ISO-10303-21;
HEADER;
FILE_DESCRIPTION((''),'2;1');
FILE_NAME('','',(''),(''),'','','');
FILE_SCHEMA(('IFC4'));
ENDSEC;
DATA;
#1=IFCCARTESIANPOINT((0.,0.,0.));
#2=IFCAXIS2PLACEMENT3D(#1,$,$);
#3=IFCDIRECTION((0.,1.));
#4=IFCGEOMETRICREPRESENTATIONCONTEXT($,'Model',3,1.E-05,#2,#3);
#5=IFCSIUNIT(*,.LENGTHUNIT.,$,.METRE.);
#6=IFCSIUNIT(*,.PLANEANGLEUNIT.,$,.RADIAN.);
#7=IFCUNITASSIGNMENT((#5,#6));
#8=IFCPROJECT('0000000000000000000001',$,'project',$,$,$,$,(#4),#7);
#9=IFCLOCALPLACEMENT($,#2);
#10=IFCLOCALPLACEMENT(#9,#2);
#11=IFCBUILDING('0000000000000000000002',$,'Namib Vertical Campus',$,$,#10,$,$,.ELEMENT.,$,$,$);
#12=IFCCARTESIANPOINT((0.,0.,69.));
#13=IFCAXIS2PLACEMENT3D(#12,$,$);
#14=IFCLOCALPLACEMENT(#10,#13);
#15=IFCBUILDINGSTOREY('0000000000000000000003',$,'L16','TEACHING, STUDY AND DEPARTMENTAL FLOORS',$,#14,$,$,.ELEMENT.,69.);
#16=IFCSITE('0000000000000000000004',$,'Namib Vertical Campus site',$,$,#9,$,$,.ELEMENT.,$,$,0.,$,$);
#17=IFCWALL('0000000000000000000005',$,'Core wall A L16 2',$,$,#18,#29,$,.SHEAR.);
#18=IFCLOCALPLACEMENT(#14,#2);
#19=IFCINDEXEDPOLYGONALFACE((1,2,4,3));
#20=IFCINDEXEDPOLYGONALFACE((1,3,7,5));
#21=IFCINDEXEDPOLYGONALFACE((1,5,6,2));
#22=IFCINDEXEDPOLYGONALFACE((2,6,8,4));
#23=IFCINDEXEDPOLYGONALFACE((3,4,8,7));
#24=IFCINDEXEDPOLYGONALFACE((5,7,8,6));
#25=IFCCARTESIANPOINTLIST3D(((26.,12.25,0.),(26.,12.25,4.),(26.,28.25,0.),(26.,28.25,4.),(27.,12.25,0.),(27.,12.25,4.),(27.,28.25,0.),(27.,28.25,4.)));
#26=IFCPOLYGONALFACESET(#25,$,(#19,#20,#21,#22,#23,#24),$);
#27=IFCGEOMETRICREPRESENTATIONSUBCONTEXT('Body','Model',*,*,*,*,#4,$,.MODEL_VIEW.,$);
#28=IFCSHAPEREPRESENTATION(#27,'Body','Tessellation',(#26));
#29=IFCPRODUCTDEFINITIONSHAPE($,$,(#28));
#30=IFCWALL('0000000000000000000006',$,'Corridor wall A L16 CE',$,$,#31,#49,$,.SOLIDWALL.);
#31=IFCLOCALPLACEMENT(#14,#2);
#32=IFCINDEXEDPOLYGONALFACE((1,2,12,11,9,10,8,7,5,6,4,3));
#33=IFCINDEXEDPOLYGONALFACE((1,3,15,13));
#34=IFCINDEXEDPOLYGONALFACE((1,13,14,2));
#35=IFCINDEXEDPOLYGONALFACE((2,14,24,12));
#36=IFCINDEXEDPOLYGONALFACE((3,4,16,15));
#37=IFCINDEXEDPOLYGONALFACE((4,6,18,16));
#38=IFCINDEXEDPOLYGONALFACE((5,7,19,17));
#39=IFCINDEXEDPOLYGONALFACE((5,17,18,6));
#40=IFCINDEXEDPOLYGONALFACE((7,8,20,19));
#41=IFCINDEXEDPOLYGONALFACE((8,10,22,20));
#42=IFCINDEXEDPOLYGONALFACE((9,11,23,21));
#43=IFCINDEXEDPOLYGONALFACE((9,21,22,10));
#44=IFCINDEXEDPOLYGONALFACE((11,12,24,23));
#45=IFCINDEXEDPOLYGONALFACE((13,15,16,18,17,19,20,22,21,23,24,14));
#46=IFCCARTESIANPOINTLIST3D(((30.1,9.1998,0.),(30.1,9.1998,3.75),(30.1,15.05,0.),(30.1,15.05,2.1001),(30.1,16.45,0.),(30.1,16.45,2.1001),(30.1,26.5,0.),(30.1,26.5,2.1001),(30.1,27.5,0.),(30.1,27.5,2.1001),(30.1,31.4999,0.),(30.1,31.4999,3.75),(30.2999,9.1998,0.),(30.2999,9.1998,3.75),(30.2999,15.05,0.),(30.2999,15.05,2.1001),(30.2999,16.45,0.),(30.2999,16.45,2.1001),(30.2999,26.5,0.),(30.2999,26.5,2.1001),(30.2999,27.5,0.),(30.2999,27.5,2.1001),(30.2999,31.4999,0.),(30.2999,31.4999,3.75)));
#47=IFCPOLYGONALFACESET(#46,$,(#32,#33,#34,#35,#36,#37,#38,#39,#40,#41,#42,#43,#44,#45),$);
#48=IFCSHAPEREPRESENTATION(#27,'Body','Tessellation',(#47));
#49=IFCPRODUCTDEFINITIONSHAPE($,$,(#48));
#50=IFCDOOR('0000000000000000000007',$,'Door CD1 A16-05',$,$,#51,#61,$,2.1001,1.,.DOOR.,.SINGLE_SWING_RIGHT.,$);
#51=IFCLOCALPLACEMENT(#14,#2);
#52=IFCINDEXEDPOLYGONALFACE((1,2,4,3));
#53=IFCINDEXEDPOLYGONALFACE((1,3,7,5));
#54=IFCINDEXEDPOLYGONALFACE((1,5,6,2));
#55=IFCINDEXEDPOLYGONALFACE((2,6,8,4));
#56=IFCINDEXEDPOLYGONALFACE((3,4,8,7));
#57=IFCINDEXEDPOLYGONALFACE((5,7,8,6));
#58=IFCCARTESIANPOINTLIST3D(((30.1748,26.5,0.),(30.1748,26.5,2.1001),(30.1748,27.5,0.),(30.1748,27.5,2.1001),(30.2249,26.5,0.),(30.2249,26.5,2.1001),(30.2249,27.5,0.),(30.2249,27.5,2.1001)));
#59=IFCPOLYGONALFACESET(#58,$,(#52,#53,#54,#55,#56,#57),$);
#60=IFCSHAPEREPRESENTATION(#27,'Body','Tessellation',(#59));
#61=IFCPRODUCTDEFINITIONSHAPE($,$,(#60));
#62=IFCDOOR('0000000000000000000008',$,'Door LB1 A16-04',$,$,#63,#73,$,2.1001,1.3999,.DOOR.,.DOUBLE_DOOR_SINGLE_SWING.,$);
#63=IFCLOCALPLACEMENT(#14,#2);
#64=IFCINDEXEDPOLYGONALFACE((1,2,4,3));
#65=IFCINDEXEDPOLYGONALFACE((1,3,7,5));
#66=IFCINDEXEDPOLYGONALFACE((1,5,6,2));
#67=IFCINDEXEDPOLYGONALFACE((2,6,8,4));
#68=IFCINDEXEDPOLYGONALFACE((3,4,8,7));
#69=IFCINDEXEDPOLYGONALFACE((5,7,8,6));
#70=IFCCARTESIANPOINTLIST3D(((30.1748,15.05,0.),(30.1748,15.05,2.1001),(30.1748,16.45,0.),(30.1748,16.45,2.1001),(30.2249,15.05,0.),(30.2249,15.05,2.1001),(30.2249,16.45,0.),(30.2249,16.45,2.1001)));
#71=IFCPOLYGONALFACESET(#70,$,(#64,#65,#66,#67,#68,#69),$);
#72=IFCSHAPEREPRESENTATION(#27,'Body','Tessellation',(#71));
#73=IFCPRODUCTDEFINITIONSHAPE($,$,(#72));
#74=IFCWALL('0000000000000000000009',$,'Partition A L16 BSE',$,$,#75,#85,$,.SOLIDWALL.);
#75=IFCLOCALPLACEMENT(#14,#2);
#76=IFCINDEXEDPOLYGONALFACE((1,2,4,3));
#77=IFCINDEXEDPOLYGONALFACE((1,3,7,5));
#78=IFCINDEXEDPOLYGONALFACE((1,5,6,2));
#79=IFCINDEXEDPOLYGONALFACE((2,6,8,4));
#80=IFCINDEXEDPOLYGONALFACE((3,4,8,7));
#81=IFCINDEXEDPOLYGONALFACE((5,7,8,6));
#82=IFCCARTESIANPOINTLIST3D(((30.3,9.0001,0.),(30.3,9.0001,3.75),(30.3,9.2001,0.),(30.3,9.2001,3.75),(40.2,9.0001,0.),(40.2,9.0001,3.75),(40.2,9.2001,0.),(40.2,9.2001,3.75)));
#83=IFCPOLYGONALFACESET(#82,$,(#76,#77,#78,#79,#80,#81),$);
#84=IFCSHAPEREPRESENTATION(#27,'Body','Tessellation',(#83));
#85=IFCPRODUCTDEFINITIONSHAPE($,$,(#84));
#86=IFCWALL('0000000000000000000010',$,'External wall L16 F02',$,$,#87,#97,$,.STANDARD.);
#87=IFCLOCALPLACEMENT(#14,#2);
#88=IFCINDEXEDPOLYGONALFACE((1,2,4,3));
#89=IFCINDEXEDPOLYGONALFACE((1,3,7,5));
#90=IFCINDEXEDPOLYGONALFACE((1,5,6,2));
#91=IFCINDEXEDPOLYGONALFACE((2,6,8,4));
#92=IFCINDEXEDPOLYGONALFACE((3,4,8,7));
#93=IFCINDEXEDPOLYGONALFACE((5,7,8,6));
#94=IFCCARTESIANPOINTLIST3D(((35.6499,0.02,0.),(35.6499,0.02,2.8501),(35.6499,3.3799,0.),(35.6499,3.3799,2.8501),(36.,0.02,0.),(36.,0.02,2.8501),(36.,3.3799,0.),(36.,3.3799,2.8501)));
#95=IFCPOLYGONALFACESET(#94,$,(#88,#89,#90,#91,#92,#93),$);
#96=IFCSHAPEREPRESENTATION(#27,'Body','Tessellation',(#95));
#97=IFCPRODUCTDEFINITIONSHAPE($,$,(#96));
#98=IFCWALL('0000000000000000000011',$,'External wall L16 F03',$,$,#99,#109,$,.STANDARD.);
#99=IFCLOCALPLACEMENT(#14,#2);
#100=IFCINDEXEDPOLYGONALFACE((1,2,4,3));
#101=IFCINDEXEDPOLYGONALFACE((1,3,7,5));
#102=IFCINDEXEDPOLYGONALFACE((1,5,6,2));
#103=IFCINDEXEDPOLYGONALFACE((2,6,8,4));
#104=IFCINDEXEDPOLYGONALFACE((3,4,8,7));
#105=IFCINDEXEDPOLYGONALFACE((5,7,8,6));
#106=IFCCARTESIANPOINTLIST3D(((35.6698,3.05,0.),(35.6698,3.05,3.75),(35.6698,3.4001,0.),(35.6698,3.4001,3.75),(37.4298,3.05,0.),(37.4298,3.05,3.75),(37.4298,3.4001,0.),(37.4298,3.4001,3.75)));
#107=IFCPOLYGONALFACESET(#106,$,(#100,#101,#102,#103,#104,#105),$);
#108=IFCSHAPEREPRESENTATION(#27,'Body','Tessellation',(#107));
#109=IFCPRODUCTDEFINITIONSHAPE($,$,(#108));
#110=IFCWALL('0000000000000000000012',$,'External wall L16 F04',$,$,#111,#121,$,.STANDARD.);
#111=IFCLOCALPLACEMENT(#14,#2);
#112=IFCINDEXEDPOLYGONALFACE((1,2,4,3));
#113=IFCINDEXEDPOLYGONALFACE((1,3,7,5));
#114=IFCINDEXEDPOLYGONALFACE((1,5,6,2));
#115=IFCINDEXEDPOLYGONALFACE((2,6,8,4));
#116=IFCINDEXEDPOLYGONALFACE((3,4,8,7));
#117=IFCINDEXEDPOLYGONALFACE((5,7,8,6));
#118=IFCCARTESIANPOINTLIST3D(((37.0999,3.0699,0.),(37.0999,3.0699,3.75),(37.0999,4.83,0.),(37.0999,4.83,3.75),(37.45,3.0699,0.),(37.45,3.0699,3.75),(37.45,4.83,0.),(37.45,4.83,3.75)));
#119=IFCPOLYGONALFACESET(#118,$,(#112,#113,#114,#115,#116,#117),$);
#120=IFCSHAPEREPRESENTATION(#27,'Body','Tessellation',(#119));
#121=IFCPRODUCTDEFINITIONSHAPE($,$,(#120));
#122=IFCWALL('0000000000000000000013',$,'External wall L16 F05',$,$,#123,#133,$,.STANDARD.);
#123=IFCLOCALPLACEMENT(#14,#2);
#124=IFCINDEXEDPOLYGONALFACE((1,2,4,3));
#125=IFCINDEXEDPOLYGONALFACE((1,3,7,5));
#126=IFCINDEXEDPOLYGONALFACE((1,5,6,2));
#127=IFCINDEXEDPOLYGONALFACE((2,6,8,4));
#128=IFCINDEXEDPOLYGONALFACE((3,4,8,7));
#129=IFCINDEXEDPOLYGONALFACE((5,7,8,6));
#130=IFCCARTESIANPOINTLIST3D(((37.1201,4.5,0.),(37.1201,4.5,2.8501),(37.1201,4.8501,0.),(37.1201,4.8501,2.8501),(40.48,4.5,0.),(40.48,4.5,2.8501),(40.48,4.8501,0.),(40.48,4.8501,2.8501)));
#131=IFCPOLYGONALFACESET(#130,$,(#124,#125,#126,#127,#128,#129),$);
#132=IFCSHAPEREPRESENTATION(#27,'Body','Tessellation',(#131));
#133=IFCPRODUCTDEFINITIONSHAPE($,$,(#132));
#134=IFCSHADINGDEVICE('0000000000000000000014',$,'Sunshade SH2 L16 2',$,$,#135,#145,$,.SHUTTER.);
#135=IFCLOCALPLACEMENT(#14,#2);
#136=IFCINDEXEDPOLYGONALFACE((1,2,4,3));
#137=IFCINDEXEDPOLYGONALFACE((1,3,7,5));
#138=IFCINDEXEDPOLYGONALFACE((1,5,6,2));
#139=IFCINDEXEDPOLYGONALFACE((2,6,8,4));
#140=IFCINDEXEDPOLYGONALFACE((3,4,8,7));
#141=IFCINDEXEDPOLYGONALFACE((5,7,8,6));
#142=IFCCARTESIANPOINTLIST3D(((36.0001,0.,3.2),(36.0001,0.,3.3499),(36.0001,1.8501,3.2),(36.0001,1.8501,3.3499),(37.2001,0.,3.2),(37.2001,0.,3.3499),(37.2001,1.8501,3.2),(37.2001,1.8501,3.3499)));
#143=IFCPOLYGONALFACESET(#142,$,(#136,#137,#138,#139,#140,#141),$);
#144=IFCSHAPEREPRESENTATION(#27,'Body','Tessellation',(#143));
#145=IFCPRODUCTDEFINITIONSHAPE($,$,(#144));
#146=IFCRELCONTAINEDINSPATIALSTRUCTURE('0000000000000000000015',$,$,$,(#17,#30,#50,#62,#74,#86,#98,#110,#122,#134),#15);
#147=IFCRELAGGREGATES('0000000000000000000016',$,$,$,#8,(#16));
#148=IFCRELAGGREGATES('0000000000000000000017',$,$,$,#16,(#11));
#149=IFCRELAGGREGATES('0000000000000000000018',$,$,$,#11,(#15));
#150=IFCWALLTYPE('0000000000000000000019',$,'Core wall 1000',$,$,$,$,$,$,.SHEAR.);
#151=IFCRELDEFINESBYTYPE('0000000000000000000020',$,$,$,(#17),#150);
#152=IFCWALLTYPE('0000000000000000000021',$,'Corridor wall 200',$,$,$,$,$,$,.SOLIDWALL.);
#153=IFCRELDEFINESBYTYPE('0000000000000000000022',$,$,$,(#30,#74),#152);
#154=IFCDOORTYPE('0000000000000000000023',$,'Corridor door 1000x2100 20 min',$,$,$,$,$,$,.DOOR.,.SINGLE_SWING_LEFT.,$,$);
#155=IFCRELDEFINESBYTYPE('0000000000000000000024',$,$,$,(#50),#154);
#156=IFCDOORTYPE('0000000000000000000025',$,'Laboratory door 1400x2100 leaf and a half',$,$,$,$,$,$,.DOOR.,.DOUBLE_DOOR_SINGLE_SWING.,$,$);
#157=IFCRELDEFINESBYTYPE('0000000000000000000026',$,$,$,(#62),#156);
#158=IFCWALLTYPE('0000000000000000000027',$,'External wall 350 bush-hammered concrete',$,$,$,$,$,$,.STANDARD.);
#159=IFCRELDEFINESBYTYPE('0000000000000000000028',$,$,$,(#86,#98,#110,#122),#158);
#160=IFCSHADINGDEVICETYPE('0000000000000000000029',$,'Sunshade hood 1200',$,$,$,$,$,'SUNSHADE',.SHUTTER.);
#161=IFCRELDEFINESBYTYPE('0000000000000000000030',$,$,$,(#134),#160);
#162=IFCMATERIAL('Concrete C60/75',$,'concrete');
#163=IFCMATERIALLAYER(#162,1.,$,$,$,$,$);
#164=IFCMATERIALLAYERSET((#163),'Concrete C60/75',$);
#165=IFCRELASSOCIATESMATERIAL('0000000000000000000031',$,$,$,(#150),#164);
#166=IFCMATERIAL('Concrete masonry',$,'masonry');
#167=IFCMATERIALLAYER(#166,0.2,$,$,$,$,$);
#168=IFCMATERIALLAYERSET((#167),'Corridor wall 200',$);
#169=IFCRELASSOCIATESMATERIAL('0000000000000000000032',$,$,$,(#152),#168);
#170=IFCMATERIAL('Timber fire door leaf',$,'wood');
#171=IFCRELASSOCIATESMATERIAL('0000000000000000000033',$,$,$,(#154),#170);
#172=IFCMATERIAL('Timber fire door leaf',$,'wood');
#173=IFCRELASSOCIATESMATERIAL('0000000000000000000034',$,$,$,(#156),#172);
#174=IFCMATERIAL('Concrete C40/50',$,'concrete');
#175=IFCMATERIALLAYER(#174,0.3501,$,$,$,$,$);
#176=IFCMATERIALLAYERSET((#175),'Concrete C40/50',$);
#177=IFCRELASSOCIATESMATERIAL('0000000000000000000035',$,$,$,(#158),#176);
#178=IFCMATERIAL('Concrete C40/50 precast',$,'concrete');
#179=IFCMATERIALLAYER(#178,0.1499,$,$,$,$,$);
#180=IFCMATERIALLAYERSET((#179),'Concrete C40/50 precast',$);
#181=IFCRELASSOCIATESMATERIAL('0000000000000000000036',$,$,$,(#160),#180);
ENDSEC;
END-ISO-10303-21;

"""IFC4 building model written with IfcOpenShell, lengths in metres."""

from ifc_helpers import new_model, si_unit, direction, frame, frame_2d, origin, origin_2d, place, context, subcontext, project, spatial, rectangle, extrude, material, layer, layer_set, type_object, element, fill, save


model = new_model("IFC4")

# Units and contexts
model_context = context("Model", 3, precision=1e-05, world=origin(), true_north=direction((0.0, 1.0)))
body_context = subcontext(model_context, "Body", "Model", "MODEL_VIEW")
ifc_project = project(units=[si_unit("LENGTHUNIT", "METRE"), si_unit("PLANEANGLEUNIT", "RADIAN")], contexts=[model_context])

# Site, building, storey
site_placement = place(None, origin())
site = spatial("IfcSite", under=ifc_project, at=site_placement, Name="Namib Vertical Campus site", CompositionType="ELEMENT", RefElevation=0.0)
building_placement = place(site_placement, origin())
building = spatial("IfcBuilding", under=site, at=building_placement, Name="Namib Vertical Campus", CompositionType="ELEMENT")
storey_placement = place(building_placement, frame((0.0, 0.0, 69.0)))
storey = spatial("IfcBuildingStorey", under=building, at=storey_placement, Name="L16", Description="TEACHING, STUDY AND DEPARTMENTAL FLOORS", CompositionType="ELEMENT", Elevation=69.0)

# Wall
ifc_material_1 = material(Name="Concrete C60/75", Category="concrete")
ifc_layer_1 = layer(ifc_material_1, 1.0)
ifc_layer_set_1 = layer_set([ifc_layer_1], Name="Concrete C60/75")
wall_type_1 = type_object("IfcWallType", Name="Core wall 1000", PredefinedType="SHEAR", material=ifc_layer_set_1)
wall_1_placement = place(storey_placement, frame((26.5, 12.25, 0.0), z_axis=(0.0, 0.0, 1.0), x_axis=(0.0, 1.0, 0.0)))
element("IfcWall", 1, at=wall_1_placement, inside=storey, type_object=wall_type_1, Name="Core wall A L16 2", PredefinedType="SHEAR", context=body_context, shape_type="SweptSolid", body=[
    extrude(rectangle(XDim=16.0, YDim=1.0, at=frame_2d((8.0, 0.0))), origin(), (0.0, 0.0, 1.0), 4.0),
])

# Wall, openings, doors
ifc_material_2 = material(Name="Concrete masonry", Category="masonry")
ifc_layer_2 = layer(ifc_material_2, 0.2)
ifc_layer_set_2 = layer_set([ifc_layer_2], Name="Corridor wall 200")
wall_type_2 = type_object("IfcWallType", Name="Corridor wall 200", PredefinedType="SOLIDWALL", material=ifc_layer_set_2)
wall_2_placement = place(storey_placement, frame((30.2, 9.2, 0.0), z_axis=(0.0, 0.0, 1.0), x_axis=(0.0, 1.0, 0.0)))
wall_2 = element("IfcWall", 2, at=wall_2_placement, inside=storey, type_object=wall_type_2, Name="Corridor wall A L16 CE", PredefinedType="SOLIDWALL", context=body_context, shape_type="SweptSolid", body=[
    extrude(rectangle(XDim=22.3, YDim=0.2, at=frame_2d((11.1499, 0.0))), origin(), (0.0, 0.0, 1.0), 3.75),
])
opening_1_placement = place(wall_2_placement, frame((5.8501, 0.0, 0.0)))
opening_1 = element("IfcOpeningElement", 3, at=opening_1_placement, cuts=wall_2, PredefinedType="OPENING", context=body_context, shape_type="SweptSolid", body=[
    extrude(rectangle(XDim=1.3999, YDim=2.1001, at=frame_2d((0.7, 1.05))), frame((0.0, 0.1099, 0.0), z_axis=(0.0, -1.0, 0.0), x_axis=(1.0, 0.0, 0.0)), (0.0, 0.0, 1.0), 0.22),
])
opening_2_placement = place(wall_2_placement, frame((17.3, 0.0, 0.0)))
opening_2 = element("IfcOpeningElement", 4, at=opening_2_placement, cuts=wall_2, PredefinedType="OPENING", context=body_context, shape_type="SweptSolid", body=[
    extrude(rectangle(XDim=1.0, YDim=2.1001, at=frame_2d((0.5, 1.05))), frame((0.0, 0.1099, 0.0), z_axis=(0.0, -1.0, 0.0), x_axis=(1.0, 0.0, 0.0)), (0.0, 0.0, 1.0), 0.22),
])
ifc_material_3 = material(Name="Timber fire door leaf", Category="wood")
door_type_1 = type_object("IfcDoorType", Name="Corridor door 1000x2100 20 min", OperationType="SINGLE_SWING_LEFT", PredefinedType="DOOR", material=ifc_material_3)
door_1_placement = place(opening_2_placement, frame((1.0, 0.0, 0.0), z_axis=(0.0, 0.0, 1.0), x_axis=(-1.0, 0.0, 0.0)))
door_1 = element("IfcDoor", 5, at=door_1_placement, inside=storey, type_object=door_type_1, Name="Door CD1 A16-05", OperationType="SINGLE_SWING_RIGHT", OverallHeight=2.1001, OverallWidth=1.0, PredefinedType="DOOR", context=body_context, shape_type="SweptSolid", body=[
    extrude(rectangle(XDim=1.0, YDim=2.1001, at=frame_2d((0.5, 1.05))), frame((0.0, 0.0249, 0.0), z_axis=(0.0, -1.0, 0.0), x_axis=(1.0, 0.0, 0.0)), (0.0, 0.0, 1.0), 0.05),
])
fill(opening_2, door_1)
ifc_material_4 = material(Name="Timber fire door leaf", Category="wood")
door_type_2 = type_object("IfcDoorType", Name="Laboratory door 1400x2100 leaf and a half", OperationType="DOUBLE_DOOR_SINGLE_SWING", PredefinedType="DOOR", material=ifc_material_4)
door_2_placement = place(opening_1_placement, frame((1.3999, 0.0, 0.0), z_axis=(0.0, 0.0, 1.0), x_axis=(-1.0, 0.0, 0.0)))
door_2 = element("IfcDoor", 6, at=door_2_placement, inside=storey, type_object=door_type_2, Name="Door LB1 A16-04", OperationType="DOUBLE_DOOR_SINGLE_SWING", OverallHeight=2.1001, OverallWidth=1.3999, PredefinedType="DOOR", context=body_context, shape_type="SweptSolid", body=[
    extrude(rectangle(XDim=1.3999, YDim=2.1001, at=frame_2d((0.7, 1.05))), frame((0.0, 0.0249, 0.0), z_axis=(0.0, -1.0, 0.0), x_axis=(1.0, 0.0, 0.0)), (0.0, 0.0, 1.0), 0.05),
])
fill(opening_1, door_2)

# Walls
wall_3_placement = place(storey_placement, frame((30.3, 9.1001, 0.0), z_axis=(0.0, 0.0, 1.0), x_axis=(1.0, 0.0, 0.0)))
element("IfcWall", 7, at=wall_3_placement, inside=storey, type_object=wall_type_2, Name="Partition A L16 BSE", PredefinedType="SOLIDWALL", context=body_context, shape_type="SweptSolid", body=[
    extrude(rectangle(XDim=9.8999, YDim=0.2, at=frame_2d((4.95, 0.0))), origin(), (0.0, 0.0, 1.0), 3.75),
])
ifc_material_5 = material(Name="Concrete C40/50", Category="concrete")
ifc_layer_3 = layer(ifc_material_5, 0.3501)
ifc_layer_set_3 = layer_set([ifc_layer_3], Name="Concrete C40/50")
wall_type_3 = type_object("IfcWallType", Name="External wall 350 bush-hammered concrete", PredefinedType="STANDARD", material=ifc_layer_set_3)
wall_4_placement = place(storey_placement, frame((35.825, 0.02, 0.0), z_axis=(0.0, 0.0, 1.0), x_axis=(0.0, 1.0, 0.0)))
element("IfcWall", 8, at=wall_4_placement, inside=storey, type_object=wall_type_3, Name="External wall L16 F02", PredefinedType="STANDARD", context=body_context, shape_type="SweptSolid", body=[
    extrude(rectangle(XDim=3.3599, YDim=0.3501, at=frame_2d((1.6799, 0.0))), origin(), (0.0, 0.0, 1.0), 2.8501),
])
for number, where, z_axis, x_axis, name in (
    (9, (35.6699, 3.2251, 0.0), (0.0, 0.0, 1.0), (1.0, 0.0, 0.0), "External wall L16 F03"),
    (10, (37.2749, 3.0701, 0.0), (0.0, 0.0, 1.0), (0.0, 1.0, 0.0), "External wall L16 F04"),
):
    element("IfcWall", number, at=place(storey_placement, frame(where, z_axis=z_axis, x_axis=x_axis)), inside=storey, type_object=wall_type_3, Name=name, PredefinedType="STANDARD", context=body_context, shape_type="SweptSolid", body=[
        extrude(rectangle(XDim=1.76, YDim=0.3501, at=frame_2d((0.8799, 0.0))), origin(), (0.0, 0.0, 1.0), 3.75),
    ])
wall_5_placement = place(storey_placement, frame((37.1201, 4.675, 0.0), z_axis=(0.0, 0.0, 1.0), x_axis=(1.0, 0.0, 0.0)))
element("IfcWall", 11, at=wall_5_placement, inside=storey, type_object=wall_type_3, Name="External wall L16 F05", PredefinedType="STANDARD", context=body_context, shape_type="SweptSolid", body=[
    extrude(rectangle(XDim=3.3599, YDim=0.3501, at=frame_2d((1.6799, 0.0))), origin(), (0.0, 0.0, 1.0), 2.8501),
])

# Shading device
ifc_material_6 = material(Name="Concrete C40/50 precast", Category="concrete")
ifc_layer_4 = layer(ifc_material_6, 0.1499)
ifc_layer_set_4 = layer_set([ifc_layer_4], Name="Concrete C40/50 precast")
shading_device_type = type_object("IfcShadingDeviceType", Name="Sunshade hood 1200", ElementType="SUNSHADE", PredefinedType="SHUTTER", material=ifc_layer_set_4)
shading_device_placement = place(storey_placement, frame((36.6001, 0.925, 3.2), z_axis=(0.0, 0.0, 1.0), x_axis=(0.0, 1.0, 0.0)))
element("IfcShadingDevice", 12, at=shading_device_placement, inside=storey, type_object=shading_device_type, Name="Sunshade SH2 L16 2", PredefinedType="SHUTTER", context=body_context, shape_type="SweptSolid", body=[
    extrude(rectangle(XDim=1.8501, YDim=1.2, at=origin_2d()), origin(), (0.0, 0.0, 1.0), 0.1499),
])

save(model, "model.ifc")
